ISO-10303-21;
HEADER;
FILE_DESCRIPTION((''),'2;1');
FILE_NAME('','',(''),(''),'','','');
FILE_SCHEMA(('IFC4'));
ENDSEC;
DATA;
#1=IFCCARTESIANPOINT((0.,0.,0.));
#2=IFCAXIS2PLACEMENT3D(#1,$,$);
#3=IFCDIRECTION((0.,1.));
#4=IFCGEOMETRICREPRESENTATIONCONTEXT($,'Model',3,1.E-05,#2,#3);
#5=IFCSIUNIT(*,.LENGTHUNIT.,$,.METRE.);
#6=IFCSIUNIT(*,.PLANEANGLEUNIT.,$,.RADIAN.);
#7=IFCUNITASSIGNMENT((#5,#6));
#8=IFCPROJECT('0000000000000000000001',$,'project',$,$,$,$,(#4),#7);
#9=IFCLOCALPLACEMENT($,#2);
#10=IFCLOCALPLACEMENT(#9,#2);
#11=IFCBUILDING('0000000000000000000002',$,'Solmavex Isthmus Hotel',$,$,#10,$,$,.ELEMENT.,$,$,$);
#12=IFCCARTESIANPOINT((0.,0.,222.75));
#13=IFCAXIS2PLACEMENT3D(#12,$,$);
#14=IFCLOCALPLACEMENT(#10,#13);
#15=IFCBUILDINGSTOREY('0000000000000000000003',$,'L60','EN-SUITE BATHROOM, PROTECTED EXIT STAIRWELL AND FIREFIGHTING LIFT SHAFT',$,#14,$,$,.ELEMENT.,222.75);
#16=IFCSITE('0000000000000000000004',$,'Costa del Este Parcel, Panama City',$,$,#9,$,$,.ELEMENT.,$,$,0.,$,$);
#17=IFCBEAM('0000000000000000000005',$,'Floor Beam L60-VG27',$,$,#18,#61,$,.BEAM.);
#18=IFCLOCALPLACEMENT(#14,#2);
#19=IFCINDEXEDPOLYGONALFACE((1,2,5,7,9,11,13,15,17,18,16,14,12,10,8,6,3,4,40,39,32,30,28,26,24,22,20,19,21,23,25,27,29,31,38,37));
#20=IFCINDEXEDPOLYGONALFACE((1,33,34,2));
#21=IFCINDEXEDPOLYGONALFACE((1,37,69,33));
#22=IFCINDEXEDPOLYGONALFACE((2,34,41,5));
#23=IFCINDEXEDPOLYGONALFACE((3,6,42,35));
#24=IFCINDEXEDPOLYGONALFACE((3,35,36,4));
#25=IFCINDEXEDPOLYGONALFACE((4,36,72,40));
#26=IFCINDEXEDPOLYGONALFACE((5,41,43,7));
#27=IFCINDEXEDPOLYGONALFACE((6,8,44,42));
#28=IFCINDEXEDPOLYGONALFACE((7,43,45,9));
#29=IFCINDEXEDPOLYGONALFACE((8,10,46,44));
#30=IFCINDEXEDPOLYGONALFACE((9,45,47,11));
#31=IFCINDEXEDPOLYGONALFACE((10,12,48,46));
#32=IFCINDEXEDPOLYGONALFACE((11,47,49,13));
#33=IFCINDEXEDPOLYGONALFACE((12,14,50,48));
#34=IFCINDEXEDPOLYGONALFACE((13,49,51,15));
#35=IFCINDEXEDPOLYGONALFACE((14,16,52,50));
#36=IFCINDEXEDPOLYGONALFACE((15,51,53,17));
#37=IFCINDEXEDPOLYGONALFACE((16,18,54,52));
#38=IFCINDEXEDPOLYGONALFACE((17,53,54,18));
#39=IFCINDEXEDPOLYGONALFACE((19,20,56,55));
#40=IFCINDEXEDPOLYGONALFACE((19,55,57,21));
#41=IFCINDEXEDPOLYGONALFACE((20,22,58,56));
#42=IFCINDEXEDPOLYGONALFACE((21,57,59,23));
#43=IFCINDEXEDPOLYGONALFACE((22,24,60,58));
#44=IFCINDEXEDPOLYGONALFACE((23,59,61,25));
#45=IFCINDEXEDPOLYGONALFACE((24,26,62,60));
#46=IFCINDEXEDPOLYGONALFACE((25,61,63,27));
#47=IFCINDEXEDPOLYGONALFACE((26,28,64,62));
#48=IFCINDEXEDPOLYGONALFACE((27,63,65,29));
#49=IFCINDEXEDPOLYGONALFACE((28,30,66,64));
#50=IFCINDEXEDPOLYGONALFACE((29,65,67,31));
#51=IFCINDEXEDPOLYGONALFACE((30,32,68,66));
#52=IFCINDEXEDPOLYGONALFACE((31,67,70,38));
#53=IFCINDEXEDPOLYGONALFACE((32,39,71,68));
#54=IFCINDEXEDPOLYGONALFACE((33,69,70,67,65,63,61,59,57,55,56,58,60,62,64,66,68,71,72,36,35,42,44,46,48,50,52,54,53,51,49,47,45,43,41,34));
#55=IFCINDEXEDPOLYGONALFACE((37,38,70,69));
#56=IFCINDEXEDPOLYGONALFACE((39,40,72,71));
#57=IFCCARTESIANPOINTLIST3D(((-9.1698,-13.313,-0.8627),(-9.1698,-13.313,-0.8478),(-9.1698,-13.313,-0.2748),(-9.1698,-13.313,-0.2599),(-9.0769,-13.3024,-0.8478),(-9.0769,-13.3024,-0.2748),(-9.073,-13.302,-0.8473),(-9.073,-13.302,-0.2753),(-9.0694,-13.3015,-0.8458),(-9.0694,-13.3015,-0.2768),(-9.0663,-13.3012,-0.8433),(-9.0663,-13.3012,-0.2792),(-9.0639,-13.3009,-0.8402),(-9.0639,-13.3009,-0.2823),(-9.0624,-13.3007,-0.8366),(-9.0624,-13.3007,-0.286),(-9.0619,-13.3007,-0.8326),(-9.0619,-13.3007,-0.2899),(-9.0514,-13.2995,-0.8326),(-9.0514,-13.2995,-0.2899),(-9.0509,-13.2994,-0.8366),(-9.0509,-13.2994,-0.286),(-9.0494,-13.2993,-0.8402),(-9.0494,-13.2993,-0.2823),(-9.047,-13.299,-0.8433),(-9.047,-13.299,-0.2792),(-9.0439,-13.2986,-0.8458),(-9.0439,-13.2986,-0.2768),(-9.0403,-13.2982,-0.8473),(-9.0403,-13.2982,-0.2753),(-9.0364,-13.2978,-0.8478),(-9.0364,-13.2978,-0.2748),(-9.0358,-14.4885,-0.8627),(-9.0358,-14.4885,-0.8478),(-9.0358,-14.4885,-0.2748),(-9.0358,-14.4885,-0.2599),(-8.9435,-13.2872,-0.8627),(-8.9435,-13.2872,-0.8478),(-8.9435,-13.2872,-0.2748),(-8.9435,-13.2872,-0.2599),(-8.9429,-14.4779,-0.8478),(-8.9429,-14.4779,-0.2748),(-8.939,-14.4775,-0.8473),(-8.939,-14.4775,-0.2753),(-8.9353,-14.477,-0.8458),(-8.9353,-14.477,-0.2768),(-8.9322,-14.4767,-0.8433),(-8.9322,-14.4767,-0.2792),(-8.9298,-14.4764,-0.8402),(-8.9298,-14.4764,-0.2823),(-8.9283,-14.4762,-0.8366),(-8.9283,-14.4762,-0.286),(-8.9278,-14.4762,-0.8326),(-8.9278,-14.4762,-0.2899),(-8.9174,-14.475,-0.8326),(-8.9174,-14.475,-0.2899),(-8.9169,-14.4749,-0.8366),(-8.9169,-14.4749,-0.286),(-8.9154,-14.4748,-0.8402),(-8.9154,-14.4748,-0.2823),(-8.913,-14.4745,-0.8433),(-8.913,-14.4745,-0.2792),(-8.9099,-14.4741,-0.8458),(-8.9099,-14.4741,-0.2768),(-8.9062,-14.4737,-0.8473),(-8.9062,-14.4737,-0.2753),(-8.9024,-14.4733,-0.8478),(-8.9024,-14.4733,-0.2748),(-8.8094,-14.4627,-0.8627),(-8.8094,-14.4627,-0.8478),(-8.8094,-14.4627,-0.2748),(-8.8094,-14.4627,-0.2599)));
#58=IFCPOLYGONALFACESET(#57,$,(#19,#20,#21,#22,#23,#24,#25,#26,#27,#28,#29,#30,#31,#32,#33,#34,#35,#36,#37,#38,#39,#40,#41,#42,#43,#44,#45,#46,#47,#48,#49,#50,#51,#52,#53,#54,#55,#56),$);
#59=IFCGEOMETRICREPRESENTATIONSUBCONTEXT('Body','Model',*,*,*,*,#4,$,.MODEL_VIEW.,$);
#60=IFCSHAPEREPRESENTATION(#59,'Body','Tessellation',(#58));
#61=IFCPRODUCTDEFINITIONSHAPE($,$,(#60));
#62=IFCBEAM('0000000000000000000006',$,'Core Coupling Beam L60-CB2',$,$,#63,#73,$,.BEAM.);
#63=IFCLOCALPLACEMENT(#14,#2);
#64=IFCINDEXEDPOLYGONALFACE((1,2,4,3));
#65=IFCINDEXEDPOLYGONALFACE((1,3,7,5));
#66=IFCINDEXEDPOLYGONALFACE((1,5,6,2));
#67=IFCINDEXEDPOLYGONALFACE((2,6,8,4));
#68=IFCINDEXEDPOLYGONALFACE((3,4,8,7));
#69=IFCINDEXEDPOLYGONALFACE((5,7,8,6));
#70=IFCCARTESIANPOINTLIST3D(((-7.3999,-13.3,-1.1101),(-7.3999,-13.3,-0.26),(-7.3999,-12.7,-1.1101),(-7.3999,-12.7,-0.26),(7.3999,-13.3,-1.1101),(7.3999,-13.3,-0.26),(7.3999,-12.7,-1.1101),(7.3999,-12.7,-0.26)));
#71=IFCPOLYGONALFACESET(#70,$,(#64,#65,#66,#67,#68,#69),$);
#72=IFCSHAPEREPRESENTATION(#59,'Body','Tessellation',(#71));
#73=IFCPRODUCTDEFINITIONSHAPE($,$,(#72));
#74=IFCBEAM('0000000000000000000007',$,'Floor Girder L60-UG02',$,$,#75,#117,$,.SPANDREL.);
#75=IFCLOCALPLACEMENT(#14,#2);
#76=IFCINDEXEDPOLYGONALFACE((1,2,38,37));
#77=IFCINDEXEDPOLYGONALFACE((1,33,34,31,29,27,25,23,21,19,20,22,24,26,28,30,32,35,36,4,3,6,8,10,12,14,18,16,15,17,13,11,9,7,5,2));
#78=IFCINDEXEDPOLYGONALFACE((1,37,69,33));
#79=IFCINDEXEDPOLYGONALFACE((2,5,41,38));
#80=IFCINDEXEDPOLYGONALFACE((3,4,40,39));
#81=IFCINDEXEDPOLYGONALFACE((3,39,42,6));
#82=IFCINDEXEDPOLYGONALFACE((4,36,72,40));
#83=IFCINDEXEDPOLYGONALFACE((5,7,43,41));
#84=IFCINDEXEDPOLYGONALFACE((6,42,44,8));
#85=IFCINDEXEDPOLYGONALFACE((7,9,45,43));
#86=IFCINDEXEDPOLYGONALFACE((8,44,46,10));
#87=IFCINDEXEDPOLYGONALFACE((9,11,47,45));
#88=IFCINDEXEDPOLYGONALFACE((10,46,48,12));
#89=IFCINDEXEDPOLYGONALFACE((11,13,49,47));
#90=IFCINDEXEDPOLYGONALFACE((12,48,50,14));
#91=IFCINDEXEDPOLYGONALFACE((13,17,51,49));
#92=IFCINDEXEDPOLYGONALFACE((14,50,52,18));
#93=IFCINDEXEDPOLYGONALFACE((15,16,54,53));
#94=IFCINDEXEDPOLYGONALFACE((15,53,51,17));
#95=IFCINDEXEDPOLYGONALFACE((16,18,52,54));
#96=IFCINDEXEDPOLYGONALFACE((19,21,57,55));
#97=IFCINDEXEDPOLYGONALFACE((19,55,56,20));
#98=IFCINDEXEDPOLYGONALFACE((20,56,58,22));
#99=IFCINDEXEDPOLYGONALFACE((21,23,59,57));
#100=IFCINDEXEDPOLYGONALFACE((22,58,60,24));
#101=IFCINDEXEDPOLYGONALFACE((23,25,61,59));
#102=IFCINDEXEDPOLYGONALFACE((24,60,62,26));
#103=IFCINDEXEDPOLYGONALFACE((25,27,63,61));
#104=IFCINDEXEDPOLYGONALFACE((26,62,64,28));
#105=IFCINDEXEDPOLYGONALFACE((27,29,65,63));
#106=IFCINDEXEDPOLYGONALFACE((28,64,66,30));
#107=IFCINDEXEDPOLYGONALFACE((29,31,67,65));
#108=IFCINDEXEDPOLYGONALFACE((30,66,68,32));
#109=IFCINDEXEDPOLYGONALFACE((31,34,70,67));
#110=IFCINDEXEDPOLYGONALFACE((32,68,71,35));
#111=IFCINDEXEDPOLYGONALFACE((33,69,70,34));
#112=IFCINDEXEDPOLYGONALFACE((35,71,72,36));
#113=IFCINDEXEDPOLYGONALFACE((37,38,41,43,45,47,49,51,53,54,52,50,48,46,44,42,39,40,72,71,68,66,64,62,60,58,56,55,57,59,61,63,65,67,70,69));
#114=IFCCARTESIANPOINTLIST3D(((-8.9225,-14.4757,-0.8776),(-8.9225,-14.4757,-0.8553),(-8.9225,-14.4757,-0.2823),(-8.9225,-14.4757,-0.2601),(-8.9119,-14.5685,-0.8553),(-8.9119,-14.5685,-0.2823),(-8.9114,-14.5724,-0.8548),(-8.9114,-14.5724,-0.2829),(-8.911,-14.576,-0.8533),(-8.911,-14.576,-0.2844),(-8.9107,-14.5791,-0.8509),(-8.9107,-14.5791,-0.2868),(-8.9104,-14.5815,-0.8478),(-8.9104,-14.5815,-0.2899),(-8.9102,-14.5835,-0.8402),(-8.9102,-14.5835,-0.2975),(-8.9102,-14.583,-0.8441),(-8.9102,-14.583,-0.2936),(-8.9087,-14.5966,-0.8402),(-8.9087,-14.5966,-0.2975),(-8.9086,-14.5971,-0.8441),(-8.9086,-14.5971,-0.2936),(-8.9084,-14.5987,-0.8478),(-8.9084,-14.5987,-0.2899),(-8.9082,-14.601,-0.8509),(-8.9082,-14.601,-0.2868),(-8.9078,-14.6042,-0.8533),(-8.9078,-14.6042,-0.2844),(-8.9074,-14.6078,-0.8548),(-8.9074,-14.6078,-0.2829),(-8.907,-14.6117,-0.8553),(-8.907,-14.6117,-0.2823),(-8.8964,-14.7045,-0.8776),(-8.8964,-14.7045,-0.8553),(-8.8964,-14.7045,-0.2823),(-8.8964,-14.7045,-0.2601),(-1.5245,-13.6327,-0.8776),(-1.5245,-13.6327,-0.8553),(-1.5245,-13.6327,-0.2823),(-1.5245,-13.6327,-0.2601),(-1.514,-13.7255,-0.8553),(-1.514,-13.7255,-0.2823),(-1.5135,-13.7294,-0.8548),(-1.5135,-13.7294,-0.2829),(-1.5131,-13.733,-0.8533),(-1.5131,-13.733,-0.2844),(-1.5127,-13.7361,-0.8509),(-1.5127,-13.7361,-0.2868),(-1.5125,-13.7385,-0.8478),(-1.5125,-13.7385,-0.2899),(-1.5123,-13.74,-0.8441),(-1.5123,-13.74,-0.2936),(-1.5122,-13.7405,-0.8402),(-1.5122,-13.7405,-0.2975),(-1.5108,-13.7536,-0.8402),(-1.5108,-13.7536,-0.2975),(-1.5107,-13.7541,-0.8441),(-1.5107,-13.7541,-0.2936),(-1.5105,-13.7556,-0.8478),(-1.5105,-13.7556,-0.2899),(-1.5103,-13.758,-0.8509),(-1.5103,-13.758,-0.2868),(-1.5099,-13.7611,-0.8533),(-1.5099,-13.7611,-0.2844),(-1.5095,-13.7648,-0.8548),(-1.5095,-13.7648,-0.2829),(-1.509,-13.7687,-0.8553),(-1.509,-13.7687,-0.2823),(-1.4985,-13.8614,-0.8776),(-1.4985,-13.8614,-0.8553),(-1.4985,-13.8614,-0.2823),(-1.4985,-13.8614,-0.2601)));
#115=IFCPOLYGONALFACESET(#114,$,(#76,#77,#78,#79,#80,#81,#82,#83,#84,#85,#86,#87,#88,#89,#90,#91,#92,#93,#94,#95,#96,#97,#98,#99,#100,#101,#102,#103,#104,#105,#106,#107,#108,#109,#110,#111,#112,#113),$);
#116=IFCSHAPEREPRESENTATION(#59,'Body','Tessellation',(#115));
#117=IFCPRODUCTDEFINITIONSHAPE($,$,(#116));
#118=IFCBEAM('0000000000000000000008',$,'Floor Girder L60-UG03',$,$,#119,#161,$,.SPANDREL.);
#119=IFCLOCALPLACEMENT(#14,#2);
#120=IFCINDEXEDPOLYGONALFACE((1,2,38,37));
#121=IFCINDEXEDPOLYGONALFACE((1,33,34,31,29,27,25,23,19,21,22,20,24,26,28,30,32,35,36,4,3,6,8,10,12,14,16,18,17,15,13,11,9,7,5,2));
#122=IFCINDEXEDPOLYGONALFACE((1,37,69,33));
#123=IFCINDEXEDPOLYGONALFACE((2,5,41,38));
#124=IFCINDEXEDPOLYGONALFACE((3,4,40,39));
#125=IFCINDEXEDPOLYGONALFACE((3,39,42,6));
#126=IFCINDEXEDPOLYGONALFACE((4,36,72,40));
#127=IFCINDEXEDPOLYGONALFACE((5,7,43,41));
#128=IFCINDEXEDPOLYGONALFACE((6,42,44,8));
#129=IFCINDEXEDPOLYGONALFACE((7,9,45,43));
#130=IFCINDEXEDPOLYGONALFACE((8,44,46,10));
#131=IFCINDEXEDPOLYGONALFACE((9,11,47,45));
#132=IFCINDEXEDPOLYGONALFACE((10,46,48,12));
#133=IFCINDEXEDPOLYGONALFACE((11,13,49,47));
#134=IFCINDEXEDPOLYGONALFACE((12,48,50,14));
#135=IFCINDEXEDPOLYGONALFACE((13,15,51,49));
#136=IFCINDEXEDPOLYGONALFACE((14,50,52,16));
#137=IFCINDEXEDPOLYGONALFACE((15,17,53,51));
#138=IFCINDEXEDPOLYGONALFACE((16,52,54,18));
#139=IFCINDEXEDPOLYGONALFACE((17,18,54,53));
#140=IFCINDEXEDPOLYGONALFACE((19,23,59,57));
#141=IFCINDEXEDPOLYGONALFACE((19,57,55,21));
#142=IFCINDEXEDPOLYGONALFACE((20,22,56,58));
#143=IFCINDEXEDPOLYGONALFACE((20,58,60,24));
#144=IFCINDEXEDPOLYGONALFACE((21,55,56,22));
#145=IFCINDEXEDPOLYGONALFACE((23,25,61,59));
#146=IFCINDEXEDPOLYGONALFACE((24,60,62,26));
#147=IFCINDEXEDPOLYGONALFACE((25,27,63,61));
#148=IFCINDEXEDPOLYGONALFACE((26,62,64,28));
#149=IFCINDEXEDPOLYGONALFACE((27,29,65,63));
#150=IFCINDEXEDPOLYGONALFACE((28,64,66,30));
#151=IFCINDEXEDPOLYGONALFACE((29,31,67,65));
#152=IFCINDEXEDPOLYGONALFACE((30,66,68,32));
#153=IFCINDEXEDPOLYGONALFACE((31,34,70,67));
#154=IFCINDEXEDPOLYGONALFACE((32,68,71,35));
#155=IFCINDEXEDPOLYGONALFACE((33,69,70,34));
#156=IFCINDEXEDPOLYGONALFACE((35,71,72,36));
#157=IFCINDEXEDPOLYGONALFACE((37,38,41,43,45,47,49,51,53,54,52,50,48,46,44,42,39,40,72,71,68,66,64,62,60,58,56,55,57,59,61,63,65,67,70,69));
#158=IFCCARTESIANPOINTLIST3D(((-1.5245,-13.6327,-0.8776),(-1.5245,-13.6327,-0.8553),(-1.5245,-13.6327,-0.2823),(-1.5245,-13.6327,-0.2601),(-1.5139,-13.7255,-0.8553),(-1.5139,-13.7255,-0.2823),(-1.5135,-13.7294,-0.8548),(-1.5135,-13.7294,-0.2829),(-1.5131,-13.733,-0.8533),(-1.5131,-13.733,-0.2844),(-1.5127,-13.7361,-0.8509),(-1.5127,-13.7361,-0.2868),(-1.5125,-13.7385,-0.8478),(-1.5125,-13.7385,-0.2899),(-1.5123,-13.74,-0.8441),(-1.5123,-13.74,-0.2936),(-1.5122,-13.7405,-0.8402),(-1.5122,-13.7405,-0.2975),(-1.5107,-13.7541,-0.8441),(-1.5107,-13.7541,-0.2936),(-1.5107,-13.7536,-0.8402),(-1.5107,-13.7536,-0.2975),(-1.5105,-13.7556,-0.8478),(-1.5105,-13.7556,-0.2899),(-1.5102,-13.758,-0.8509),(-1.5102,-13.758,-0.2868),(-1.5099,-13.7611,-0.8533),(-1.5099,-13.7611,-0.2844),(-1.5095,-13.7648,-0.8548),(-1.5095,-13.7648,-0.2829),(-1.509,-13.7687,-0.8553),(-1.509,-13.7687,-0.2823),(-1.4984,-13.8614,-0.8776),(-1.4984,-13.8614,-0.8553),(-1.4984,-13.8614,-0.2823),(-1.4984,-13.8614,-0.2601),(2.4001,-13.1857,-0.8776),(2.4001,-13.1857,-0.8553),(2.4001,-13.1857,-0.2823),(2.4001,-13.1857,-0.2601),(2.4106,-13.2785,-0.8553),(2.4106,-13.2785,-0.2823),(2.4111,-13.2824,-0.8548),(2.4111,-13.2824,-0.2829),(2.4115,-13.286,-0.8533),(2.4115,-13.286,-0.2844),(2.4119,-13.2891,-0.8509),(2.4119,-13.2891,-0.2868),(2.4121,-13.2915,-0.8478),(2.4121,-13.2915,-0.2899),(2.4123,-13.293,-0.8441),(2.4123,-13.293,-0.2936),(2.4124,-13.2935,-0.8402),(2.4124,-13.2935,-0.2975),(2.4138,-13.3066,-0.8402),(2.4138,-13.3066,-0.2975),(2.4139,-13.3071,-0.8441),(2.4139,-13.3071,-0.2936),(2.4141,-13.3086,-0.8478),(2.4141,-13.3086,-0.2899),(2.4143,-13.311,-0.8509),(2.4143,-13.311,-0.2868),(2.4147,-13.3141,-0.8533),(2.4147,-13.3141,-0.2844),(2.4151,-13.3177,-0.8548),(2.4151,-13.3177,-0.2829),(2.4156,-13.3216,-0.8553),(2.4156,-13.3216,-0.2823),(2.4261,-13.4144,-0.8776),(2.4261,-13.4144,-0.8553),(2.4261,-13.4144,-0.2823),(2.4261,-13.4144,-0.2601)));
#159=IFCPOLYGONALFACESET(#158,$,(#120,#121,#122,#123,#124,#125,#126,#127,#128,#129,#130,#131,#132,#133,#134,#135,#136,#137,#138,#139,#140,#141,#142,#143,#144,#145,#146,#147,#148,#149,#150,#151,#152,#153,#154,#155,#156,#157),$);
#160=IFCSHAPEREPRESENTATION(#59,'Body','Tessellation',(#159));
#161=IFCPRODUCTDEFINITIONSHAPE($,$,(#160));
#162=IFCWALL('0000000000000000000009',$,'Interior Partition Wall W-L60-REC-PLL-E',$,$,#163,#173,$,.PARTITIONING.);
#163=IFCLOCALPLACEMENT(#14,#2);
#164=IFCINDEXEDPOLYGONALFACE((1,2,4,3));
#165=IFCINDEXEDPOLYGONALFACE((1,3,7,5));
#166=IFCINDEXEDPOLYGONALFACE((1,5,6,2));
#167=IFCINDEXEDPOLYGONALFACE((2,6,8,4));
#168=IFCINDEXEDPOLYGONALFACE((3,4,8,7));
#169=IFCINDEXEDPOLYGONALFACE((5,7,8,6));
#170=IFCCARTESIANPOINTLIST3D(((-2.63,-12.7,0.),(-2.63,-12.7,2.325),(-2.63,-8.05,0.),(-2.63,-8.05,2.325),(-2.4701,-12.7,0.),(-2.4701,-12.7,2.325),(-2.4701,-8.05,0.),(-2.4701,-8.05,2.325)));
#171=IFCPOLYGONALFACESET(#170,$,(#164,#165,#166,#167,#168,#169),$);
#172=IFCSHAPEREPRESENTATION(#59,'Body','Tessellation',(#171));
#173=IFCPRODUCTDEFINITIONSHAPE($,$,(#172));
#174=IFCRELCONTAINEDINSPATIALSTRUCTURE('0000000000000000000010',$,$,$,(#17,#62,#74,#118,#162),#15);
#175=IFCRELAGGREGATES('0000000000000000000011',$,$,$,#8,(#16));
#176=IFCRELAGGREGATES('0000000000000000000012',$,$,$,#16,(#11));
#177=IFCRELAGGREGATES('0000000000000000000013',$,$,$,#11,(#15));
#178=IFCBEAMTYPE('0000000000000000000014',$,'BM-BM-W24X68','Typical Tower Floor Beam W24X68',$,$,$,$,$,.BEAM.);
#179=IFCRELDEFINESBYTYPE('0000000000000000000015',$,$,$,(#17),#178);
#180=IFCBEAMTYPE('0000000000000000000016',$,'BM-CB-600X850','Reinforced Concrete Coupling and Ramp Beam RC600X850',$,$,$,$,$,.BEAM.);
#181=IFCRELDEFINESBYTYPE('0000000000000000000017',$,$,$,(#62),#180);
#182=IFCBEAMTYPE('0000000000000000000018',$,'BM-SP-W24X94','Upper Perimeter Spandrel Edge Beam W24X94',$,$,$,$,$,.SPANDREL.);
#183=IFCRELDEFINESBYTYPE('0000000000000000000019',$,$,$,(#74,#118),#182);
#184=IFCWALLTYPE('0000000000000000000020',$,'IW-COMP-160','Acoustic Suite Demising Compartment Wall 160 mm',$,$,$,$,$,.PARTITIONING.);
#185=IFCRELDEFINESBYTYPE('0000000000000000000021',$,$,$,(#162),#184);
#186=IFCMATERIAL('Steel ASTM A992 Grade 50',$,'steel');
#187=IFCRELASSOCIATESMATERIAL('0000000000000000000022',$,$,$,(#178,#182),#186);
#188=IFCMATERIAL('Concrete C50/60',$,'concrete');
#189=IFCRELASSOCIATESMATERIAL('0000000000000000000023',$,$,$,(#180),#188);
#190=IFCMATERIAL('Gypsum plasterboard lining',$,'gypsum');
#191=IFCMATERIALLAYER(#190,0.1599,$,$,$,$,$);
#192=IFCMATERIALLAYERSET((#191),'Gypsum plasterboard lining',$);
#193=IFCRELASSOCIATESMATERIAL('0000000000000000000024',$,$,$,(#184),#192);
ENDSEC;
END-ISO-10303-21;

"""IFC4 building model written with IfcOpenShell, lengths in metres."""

from ifc_helpers import new_model, si_unit, direction, frame, frame_2d, origin, origin_2d, place, context, subcontext, project, spatial, rectangle, i_section, extrude, material, layer, layer_set, material_profile, profile_set, type_object, element, save


model = new_model("IFC4")

# Units and contexts
model_context = context("Model", 3, precision=1e-05, world=origin(), true_north=direction((0.0, 1.0)))
body_context = subcontext(model_context, "Body", "Model", "MODEL_VIEW")
ifc_project = project(units=[si_unit("LENGTHUNIT", "METRE"), si_unit("PLANEANGLEUNIT", "RADIAN")], contexts=[model_context])

# Site, building, storey
site_placement = place(None, origin())
site = spatial("IfcSite", under=ifc_project, at=site_placement, Name="Costa del Este Parcel, Panama City", CompositionType="ELEMENT", RefElevation=0.0)
building_placement = place(site_placement, origin())
building = spatial("IfcBuilding", under=site, at=building_placement, Name="Solmavex Isthmus Hotel", CompositionType="ELEMENT")
storey_placement = place(building_placement, frame((0.0, 0.0, 222.75)))
storey = spatial("IfcBuildingStorey", under=building, at=storey_placement, Name="L60", Description="EN-SUITE BATHROOM, PROTECTED EXIT STAIRWELL AND FIREFIGHTING LIFT SHAFT", CompositionType="ELEMENT", Elevation=222.75)

# Shared definitions
ifc_material_1 = material(Name="Concrete C50/60", Category="concrete")

# Beams
ifc_material_2 = material(Name="Steel ASTM A992 Grade 50", Category="steel")
ifc_material_profile_1 = material_profile(ifc_material_2, i_section(OverallWidth=0.2278, OverallDepth=0.6028, WebThickness=0.0105, FlangeThickness=0.0149, FilletRadius=0.0151, at=origin_2d()), Name="W24X68")
ifc_profile_set_1 = profile_set([ifc_material_profile_1], Name="Steel ASTM A992 Grade 50")
beam_type_1 = type_object("IfcBeamType", Name="BM-BM-W24X68", Description="Typical Tower Floor Beam W24X68", PredefinedType="BEAM", material=ifc_profile_set_1)
beam_1_placement = place(storey_placement, frame((-8.9226, -14.4756, -0.5613), z_axis=(-0.113285, 0.993563, 0.0), x_axis=(-0.993563, -0.113285, 0.0)))
element("IfcBeam", 1, at=beam_1_placement, inside=storey, type_object=beam_type_1, Name="Floor Beam L60-VG27", PredefinedType="BEAM", context=body_context, shape_type="SweptSolid", body=[
    extrude(i_section(OverallWidth=0.2278, OverallDepth=0.6028, WebThickness=0.0105, FlangeThickness=0.0149, FilletRadius=0.0151, at=origin_2d()), origin(), (0.0, 0.0, 1.0), 1.1831),
])
ifc_material_profile_2 = material_profile(ifc_material_1, rectangle(XDim=0.6001, YDim=0.8501, at=origin_2d()), Name="RC600X850")
ifc_profile_set_2 = profile_set([ifc_material_profile_2], Name="Concrete C50/60")
beam_type_2 = type_object("IfcBeamType", Name="BM-CB-600X850", Description="Reinforced Concrete Coupling and Ramp Beam RC600X850", PredefinedType="BEAM", material=ifc_profile_set_2)
beam_2_placement = place(storey_placement, frame((-7.3999, -13.0, -0.6851), z_axis=(1.0, 0.0, 0.0), x_axis=(0.0, 1.0, 0.0)))
element("IfcBeam", 2, at=beam_2_placement, inside=storey, type_object=beam_type_2, Name="Core Coupling Beam L60-CB2", PredefinedType="BEAM", context=body_context, shape_type="SweptSolid", body=[
    extrude(rectangle(XDim=0.6001, YDim=0.8501, at=origin_2d()), origin(), (0.0, 0.0, 1.0), 14.7998),
])
ifc_material_profile_3 = material_profile(ifc_material_2, i_section(OverallWidth=0.2302, OverallDepth=0.6174, WebThickness=0.0132, FlangeThickness=0.0222, FilletRadius=0.0151, at=origin_2d()), Name="W24X94")
ifc_profile_set_3 = profile_set([ifc_material_profile_3], Name="Steel ASTM A992 Grade 50")
beam_type_3 = type_object("IfcBeamType", Name="BM-SP-W24X94", Description="Upper Perimeter Spandrel Edge Beam W24X94", PredefinedType="SPANDREL", material=ifc_profile_set_3)
beam_3_placement = place(storey_placement, frame((-8.9094, -14.5901, -0.5688), z_axis=(0.99357, 0.11322, 0.0), x_axis=(-0.11322, 0.99357, 0.0)))
element("IfcBeam", 3, at=beam_3_placement, inside=storey, type_object=beam_type_3, Name="Floor Girder L60-UG02", PredefinedType="SPANDREL", context=body_context, shape_type="SweptSolid", body=[
    extrude(i_section(OverallWidth=0.2302, OverallDepth=0.6174, WebThickness=0.0132, FlangeThickness=0.0222, FilletRadius=0.0151, at=origin_2d()), origin(), (0.0, 0.0, 1.0), 7.4458),
])
beam_4_placement = place(storey_placement, frame((-1.5115, -13.7471, -0.5688), z_axis=(0.993575, 0.113172, 0.0), x_axis=(-0.113172, 0.993575, 0.0)))
element("IfcBeam", 4, at=beam_4_placement, inside=storey, type_object=beam_type_3, Name="Floor Girder L60-UG03", PredefinedType="SPANDREL", context=body_context, shape_type="SweptSolid", body=[
    extrude(i_section(OverallWidth=0.2302, OverallDepth=0.6174, WebThickness=0.0132, FlangeThickness=0.0222, FilletRadius=0.0151, at=origin_2d()), origin(), (0.0, 0.0, 1.0), 3.95),
])

# Wall
ifc_material_3 = material(Name="Gypsum plasterboard lining", Category="gypsum")
ifc_layer_1 = layer(ifc_material_3, 0.1599)
ifc_layer_set_1 = layer_set([ifc_layer_1], Name="Gypsum plasterboard lining")
wall_type_1 = type_object("IfcWallType", Name="IW-COMP-160", Description="Acoustic Suite Demising Compartment Wall 160 mm", PredefinedType="PARTITIONING", material=ifc_layer_set_1)
wall_1_placement = place(storey_placement, frame((-2.55, -12.7, 0.0), z_axis=(0.0, 0.0, 1.0), x_axis=(0.0, 1.0, 0.0)))
element("IfcWall", 5, at=wall_1_placement, inside=storey, type_object=wall_type_1, Name="Interior Partition Wall W-L60-REC-PLL-E", PredefinedType="PARTITIONING", context=body_context, shape_type="SweptSolid", body=[
    extrude(rectangle(XDim=4.6499, YDim=0.1599, at=frame_2d((2.325, 0.0))), origin(), (0.0, 0.0, 1.0), 2.325),
])

save(model, "model.ifc")
